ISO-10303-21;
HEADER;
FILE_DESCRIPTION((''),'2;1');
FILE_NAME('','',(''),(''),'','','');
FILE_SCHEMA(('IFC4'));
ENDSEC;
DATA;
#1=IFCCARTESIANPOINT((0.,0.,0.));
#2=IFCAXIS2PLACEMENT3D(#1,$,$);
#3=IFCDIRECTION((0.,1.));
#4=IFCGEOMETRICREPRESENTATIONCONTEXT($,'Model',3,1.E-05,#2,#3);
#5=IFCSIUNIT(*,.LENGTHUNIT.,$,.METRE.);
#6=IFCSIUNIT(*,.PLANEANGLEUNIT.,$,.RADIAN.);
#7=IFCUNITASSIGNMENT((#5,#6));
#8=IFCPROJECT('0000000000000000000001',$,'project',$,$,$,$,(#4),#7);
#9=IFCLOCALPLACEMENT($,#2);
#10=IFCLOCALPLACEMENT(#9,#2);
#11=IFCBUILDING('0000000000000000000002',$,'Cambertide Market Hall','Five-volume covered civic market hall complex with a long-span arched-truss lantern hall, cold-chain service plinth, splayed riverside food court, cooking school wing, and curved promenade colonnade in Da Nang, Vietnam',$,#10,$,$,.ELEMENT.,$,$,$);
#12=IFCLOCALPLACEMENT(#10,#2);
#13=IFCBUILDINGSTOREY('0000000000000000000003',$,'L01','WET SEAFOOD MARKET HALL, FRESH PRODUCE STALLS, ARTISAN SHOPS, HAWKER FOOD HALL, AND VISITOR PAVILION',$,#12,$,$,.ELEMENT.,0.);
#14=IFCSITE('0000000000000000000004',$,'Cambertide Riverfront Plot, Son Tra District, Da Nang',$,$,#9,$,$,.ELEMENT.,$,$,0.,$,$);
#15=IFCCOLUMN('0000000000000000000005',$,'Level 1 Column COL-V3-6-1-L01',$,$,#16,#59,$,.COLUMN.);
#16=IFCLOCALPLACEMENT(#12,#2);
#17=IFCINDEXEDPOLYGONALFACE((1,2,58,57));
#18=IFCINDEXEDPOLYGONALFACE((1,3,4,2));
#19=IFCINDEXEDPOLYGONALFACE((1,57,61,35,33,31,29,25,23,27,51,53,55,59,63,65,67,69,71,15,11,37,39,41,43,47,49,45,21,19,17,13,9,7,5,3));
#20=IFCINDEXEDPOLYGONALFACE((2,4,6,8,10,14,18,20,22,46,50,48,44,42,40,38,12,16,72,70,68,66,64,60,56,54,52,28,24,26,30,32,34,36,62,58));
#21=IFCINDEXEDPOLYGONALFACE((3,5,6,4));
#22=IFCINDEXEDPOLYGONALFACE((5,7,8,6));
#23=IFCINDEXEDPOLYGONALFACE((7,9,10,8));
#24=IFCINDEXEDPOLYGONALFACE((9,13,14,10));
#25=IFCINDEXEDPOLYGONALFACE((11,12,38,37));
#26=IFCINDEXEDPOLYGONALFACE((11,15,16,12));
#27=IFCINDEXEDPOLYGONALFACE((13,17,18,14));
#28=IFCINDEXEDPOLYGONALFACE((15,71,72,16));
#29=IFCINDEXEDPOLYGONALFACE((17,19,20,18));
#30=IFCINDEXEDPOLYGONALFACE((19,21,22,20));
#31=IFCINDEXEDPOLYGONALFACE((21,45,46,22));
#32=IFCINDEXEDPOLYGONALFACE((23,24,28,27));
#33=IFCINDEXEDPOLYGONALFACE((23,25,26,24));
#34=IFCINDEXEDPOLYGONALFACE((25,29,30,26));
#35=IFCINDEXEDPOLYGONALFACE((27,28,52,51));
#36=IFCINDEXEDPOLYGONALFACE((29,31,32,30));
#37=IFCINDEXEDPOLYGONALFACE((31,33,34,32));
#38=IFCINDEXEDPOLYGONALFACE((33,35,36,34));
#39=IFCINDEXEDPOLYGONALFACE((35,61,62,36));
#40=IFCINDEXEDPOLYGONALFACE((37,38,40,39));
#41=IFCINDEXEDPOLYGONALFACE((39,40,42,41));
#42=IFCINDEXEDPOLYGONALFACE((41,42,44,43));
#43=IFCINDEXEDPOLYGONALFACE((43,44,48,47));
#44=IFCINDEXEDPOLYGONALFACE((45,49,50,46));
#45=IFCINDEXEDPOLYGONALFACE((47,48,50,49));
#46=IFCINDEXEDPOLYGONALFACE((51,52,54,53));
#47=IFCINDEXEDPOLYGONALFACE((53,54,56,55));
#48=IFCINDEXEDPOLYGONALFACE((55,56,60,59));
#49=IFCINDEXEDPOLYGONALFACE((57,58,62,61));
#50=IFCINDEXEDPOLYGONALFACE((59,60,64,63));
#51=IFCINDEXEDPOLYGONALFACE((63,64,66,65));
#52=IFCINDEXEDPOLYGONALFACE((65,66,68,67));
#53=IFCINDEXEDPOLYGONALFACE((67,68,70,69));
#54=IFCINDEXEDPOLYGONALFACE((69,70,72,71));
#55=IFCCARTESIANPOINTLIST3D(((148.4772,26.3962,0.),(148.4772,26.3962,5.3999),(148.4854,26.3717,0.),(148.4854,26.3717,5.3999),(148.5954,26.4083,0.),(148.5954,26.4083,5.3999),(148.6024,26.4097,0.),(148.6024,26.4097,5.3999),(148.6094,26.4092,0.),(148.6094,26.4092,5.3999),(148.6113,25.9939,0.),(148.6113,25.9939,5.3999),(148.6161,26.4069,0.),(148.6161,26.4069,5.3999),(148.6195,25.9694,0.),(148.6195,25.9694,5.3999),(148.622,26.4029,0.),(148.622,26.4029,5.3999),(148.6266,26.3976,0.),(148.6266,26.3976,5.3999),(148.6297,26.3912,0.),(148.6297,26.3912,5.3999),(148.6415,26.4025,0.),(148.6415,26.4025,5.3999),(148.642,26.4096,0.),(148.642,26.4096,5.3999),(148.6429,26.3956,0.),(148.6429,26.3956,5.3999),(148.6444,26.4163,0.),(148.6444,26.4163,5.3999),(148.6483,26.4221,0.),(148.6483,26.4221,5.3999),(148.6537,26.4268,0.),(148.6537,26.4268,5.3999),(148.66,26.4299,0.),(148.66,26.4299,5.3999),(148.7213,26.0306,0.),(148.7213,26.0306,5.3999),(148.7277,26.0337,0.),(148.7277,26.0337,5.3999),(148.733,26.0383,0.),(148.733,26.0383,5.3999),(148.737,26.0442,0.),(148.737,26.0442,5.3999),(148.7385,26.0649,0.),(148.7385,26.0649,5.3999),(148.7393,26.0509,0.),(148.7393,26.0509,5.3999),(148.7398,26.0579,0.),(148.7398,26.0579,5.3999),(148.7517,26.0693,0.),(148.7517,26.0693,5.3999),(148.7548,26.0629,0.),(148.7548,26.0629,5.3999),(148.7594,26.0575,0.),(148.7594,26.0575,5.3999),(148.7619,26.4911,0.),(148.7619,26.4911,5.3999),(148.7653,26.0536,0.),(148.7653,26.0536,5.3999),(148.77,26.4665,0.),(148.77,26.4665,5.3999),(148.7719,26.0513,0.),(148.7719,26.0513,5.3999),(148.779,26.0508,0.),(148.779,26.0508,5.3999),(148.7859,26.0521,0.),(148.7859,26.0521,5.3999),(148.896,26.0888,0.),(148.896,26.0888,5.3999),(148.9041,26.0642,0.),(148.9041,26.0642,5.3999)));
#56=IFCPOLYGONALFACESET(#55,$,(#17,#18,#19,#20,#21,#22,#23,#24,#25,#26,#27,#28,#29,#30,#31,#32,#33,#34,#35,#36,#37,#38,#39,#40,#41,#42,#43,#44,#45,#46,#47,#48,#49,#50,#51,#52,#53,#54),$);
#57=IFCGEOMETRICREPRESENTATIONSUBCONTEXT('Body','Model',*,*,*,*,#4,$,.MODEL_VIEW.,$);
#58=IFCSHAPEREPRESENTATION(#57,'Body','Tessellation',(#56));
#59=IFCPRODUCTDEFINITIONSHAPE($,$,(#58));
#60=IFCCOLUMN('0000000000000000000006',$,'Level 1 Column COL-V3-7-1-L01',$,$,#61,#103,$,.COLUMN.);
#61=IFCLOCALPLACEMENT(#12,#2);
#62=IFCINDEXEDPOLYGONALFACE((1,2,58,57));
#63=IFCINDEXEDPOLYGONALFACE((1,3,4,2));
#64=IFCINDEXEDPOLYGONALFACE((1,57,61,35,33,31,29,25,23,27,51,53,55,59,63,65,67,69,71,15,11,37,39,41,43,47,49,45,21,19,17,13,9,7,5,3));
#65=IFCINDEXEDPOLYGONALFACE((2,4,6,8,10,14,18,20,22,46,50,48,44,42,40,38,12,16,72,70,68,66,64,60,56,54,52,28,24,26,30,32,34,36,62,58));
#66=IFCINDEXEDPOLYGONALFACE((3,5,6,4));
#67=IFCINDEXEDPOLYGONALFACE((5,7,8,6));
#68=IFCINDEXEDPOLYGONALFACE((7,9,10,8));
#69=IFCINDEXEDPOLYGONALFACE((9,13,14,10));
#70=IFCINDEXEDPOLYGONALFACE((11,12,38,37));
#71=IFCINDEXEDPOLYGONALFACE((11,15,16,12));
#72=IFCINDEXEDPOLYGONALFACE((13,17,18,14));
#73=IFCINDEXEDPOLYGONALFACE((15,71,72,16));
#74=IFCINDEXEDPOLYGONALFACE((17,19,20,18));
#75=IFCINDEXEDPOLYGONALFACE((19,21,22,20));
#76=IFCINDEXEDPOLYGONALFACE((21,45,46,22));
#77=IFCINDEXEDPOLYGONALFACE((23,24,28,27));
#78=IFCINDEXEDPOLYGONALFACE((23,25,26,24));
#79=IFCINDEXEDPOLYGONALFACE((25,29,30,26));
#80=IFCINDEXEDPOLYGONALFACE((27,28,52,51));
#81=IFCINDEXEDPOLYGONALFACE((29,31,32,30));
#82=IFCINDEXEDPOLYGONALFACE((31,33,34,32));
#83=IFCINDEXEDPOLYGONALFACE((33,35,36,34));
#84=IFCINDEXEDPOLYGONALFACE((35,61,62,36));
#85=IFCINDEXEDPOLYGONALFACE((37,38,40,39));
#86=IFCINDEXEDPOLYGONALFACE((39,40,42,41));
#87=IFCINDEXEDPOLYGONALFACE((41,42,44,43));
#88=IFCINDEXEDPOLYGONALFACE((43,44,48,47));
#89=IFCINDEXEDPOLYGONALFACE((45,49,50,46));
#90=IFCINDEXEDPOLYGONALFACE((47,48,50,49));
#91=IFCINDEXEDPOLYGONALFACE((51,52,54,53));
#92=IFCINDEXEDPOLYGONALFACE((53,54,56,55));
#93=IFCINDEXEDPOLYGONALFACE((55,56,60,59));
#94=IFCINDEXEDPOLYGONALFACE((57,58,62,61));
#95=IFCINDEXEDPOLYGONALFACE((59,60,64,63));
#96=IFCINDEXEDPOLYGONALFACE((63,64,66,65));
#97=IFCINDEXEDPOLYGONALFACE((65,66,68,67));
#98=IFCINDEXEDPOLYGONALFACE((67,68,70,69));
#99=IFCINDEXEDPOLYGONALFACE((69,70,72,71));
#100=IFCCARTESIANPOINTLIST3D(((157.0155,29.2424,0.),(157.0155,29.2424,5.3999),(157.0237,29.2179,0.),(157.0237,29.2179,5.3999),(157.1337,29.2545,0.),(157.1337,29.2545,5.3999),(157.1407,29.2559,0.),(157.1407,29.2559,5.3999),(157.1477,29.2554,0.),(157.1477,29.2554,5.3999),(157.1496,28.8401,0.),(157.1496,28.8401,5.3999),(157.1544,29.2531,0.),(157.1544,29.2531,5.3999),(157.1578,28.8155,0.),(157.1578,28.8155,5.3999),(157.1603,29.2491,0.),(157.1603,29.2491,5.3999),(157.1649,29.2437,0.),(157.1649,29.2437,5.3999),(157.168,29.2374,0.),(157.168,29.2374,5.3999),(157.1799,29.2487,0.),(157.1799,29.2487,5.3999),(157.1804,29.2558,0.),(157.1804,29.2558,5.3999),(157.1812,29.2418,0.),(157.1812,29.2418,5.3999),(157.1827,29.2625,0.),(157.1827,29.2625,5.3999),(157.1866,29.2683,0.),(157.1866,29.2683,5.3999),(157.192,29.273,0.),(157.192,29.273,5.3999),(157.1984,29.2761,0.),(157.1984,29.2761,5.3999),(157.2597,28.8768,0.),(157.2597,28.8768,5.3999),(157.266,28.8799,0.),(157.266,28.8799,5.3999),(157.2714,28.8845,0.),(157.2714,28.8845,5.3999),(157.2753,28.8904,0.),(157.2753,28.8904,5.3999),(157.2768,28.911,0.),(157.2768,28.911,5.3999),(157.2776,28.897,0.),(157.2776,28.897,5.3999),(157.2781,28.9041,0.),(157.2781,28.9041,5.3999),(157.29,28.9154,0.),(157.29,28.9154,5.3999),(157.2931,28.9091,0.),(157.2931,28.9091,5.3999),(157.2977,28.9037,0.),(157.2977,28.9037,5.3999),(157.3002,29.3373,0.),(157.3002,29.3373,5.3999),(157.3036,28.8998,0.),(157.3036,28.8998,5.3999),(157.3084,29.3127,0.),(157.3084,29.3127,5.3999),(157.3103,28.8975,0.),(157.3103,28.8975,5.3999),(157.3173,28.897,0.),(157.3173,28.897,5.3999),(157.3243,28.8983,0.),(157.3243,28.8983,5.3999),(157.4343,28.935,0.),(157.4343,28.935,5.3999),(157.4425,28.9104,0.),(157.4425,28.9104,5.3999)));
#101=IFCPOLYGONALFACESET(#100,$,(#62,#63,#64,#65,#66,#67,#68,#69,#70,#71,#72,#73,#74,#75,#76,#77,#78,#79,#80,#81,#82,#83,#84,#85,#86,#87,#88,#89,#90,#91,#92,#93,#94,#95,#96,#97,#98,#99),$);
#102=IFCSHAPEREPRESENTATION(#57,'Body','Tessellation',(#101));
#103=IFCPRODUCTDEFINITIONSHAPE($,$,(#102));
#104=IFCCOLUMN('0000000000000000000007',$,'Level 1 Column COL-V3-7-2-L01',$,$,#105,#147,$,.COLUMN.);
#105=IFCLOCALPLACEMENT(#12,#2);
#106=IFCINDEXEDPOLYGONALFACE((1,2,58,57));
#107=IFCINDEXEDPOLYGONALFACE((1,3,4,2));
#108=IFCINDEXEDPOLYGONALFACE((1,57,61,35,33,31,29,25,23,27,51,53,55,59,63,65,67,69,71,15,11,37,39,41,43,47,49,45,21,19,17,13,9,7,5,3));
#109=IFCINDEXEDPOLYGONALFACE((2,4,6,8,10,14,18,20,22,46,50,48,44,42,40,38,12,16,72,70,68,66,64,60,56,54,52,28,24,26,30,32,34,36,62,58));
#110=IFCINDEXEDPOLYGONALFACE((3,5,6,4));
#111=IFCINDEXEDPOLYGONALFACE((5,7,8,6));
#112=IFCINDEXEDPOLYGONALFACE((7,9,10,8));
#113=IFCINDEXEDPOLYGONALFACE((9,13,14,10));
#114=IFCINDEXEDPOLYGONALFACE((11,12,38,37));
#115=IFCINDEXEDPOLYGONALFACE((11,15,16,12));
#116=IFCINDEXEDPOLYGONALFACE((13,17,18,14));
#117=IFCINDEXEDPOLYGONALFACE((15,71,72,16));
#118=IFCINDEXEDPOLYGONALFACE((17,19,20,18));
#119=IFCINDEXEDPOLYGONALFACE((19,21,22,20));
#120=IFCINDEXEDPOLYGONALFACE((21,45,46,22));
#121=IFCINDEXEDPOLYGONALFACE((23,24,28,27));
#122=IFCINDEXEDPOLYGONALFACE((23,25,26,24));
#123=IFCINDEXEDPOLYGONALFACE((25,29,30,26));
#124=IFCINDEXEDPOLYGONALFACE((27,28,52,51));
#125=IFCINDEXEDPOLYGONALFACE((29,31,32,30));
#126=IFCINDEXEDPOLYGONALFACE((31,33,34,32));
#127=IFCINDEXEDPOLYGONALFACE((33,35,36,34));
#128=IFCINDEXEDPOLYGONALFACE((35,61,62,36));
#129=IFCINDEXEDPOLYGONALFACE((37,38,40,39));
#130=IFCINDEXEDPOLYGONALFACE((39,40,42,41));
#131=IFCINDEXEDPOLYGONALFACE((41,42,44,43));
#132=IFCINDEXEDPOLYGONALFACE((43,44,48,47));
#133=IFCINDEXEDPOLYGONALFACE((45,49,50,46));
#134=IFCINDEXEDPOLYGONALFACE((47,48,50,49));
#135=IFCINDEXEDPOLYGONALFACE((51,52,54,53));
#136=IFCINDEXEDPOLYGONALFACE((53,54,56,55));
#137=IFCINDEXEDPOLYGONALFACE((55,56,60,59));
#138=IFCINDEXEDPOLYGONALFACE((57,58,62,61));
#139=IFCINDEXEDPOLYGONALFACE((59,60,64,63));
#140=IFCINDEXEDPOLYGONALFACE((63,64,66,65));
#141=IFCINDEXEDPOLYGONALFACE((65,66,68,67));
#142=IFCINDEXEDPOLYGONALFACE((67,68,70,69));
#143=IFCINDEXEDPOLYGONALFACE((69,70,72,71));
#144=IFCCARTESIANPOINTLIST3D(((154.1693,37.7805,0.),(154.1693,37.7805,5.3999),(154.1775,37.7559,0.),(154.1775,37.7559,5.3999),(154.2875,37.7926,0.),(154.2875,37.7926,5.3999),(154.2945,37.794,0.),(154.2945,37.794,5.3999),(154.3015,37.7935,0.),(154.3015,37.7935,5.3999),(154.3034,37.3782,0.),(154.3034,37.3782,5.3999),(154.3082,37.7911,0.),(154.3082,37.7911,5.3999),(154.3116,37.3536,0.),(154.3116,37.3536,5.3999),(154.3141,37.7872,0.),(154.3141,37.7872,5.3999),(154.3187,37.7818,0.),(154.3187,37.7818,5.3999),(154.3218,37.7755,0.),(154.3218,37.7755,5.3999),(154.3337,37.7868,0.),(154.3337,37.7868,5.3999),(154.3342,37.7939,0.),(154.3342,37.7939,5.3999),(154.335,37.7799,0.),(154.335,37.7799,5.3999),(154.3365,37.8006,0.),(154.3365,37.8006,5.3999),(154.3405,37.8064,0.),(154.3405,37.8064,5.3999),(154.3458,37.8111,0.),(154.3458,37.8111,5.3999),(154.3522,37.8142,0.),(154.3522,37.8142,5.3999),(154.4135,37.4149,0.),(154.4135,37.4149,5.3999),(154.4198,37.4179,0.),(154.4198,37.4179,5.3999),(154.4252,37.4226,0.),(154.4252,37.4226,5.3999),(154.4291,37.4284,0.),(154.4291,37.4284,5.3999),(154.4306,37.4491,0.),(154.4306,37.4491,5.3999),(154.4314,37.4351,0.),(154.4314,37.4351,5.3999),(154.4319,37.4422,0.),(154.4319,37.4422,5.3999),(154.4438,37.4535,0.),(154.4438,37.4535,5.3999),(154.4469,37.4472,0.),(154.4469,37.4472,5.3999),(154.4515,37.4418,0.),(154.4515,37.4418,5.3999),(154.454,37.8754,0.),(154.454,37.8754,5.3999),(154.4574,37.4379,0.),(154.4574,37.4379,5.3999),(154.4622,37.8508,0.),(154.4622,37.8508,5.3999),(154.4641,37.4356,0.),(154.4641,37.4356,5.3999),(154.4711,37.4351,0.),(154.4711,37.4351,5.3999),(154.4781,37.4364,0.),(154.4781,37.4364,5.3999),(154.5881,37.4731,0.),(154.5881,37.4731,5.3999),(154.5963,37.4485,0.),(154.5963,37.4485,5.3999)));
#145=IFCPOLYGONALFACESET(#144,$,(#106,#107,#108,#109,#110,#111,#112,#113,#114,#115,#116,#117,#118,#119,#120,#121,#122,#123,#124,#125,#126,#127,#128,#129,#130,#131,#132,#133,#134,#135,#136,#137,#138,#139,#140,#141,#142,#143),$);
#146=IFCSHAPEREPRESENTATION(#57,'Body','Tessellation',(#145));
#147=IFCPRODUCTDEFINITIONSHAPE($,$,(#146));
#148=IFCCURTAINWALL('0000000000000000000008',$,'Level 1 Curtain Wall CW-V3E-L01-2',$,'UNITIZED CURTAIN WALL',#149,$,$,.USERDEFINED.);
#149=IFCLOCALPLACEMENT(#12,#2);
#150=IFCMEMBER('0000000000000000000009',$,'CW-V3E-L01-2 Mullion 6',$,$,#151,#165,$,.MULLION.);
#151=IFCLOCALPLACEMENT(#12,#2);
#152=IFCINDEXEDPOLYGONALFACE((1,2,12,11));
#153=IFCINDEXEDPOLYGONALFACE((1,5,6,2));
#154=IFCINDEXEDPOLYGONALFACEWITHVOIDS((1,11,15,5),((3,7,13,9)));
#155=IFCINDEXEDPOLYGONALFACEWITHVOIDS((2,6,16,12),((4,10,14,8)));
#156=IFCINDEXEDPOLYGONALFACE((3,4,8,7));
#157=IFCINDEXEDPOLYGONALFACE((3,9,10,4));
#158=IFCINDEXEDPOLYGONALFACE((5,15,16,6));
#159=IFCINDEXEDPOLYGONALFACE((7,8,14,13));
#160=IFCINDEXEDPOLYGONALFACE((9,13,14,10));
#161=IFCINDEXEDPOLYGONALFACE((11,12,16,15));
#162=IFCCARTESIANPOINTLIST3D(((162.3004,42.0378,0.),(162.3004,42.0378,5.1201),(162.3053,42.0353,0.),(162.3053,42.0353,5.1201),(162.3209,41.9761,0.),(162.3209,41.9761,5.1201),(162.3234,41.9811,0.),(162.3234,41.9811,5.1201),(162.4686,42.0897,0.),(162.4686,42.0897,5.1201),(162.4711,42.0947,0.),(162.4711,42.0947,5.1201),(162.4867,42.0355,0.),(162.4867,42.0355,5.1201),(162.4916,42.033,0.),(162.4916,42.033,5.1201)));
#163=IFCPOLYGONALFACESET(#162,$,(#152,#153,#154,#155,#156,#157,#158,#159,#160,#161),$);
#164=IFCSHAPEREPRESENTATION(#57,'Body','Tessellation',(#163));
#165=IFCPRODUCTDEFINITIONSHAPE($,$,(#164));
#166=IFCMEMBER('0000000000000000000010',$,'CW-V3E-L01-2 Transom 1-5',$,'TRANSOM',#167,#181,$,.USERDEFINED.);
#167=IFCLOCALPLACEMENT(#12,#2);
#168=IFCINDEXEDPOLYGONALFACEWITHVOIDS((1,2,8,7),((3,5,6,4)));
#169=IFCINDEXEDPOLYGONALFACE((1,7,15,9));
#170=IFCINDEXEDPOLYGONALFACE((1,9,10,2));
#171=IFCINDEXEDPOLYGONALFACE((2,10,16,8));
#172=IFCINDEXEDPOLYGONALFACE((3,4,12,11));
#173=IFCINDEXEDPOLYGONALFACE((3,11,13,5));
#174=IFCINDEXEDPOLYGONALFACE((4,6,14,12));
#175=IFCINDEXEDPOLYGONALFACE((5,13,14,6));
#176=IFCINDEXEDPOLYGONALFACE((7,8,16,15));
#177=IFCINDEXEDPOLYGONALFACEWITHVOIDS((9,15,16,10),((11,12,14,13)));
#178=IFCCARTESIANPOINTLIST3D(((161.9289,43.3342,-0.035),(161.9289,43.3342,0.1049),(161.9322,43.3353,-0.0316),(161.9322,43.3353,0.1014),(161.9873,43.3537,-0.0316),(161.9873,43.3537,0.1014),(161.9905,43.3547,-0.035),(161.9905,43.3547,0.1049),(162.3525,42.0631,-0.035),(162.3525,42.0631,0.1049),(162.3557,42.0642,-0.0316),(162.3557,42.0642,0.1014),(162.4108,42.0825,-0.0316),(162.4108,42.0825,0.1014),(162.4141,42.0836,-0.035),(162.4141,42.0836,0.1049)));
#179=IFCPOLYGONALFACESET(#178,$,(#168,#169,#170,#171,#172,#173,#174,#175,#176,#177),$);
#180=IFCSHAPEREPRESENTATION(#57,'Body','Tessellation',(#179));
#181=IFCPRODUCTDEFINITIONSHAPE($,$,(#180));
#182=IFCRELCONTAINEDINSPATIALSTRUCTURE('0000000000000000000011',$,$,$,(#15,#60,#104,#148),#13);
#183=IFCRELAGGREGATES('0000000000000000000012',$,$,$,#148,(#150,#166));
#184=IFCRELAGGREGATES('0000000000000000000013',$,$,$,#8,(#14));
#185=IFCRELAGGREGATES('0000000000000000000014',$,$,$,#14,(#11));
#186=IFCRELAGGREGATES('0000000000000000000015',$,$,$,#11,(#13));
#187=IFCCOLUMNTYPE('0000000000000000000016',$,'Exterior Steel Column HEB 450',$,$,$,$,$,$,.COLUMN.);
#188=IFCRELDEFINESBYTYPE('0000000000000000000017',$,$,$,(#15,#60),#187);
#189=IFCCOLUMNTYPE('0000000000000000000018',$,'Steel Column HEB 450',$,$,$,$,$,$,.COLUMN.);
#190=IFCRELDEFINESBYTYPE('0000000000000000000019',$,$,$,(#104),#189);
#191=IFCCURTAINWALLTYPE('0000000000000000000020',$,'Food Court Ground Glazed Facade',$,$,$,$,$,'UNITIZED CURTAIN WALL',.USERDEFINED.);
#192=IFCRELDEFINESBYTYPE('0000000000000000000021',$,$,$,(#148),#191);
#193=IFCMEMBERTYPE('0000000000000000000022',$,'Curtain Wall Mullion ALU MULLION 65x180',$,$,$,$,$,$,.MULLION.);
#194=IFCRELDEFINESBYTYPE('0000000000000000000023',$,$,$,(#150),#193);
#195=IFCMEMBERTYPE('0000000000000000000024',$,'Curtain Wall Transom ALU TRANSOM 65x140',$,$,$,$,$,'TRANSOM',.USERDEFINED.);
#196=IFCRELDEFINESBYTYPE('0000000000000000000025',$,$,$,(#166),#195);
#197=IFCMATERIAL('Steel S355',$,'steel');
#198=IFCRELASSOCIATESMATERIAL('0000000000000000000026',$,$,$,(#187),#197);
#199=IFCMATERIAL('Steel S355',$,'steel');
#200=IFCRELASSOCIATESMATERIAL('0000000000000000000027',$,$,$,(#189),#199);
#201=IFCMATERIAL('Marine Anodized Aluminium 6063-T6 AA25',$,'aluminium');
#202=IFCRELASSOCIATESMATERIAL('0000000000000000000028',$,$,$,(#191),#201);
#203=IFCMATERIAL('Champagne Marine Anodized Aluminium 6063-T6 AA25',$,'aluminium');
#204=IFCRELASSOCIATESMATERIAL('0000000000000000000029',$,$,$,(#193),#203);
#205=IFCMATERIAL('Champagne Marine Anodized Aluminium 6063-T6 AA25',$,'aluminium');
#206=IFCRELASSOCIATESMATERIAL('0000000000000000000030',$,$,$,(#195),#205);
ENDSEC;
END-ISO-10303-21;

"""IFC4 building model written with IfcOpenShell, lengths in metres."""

from ifc_helpers import new_model, si_unit, direction, frame, origin, origin_2d, place, context, subcontext, project, spatial, hollow_rectangle, i_section, extrude, material, material_profile, profile_set, type_object, element, aggregate, save


model = new_model("IFC4")

# Units and contexts
model_context = context("Model", 3, precision=1e-05, world=origin(), true_north=direction((0.0, 1.0)))
body_context = subcontext(model_context, "Body", "Model", "MODEL_VIEW")
ifc_project = project(units=[si_unit("LENGTHUNIT", "METRE"), si_unit("PLANEANGLEUNIT", "RADIAN")], contexts=[model_context])

# Site, building, storey
site_placement = place(None, origin())
site = spatial("IfcSite", under=ifc_project, at=site_placement, Name="Cambertide Riverfront Plot, Son Tra District, Da Nang", CompositionType="ELEMENT", RefElevation=0.0)
building_placement = place(site_placement, origin())
building = spatial("IfcBuilding", under=site, at=building_placement, Name="Cambertide Market Hall", Description="Five-volume covered civic market hall complex with a long-span arched-truss lantern hall, cold-chain service plinth, splayed riverside food court, cooking school wing, and curved promenade colonnade in Da Nang, Vietnam", CompositionType="ELEMENT")
storey_placement = place(building_placement, origin())
storey = spatial("IfcBuildingStorey", under=building, at=storey_placement, Name="L01", Description="WET SEAFOOD MARKET HALL, FRESH PRODUCE STALLS, ARTISAN SHOPS, HAWKER FOOD HALL, AND VISITOR PAVILION", CompositionType="ELEMENT", Elevation=0.0)

# Columns
ifc_material_1 = material(Name="Steel S355", Category="steel")
ifc_material_profile_1 = material_profile(ifc_material_1, i_section(OverallWidth=0.3, OverallDepth=0.45, WebThickness=0.0139, FlangeThickness=0.0259, FilletRadius=0.0271, at=origin_2d()), Name="HEB 450")
ifc_profile_set_1 = profile_set([ifc_material_profile_1], Name="Steel S355")
column_type_1 = type_object("IfcColumnType", Name="Exterior Steel Column HEB 450", PredefinedType="COLUMN", material=ifc_profile_set_1)
for number, where, z_axis, x_axis, name in (
    (1, (148.6907, 26.2302, 0.0), (0.0, 0.0, 1.0), (0.948683, 0.316228, 0.0), "Level 1 Column COL-V3-6-1-L01"),
    (2, (157.229, 29.0764, 0.0), (0.0, 0.0, 1.0), (0.948683, 0.316228, 0.0), "Level 1 Column COL-V3-7-1-L01"),
):
    element("IfcColumn", number, at=place(storey_placement, frame(where, z_axis=z_axis, x_axis=x_axis)), inside=storey, type_object=column_type_1, Name=name, PredefinedType="COLUMN", context=body_context, shape_type="SweptSolid", body=[
        extrude(i_section(OverallWidth=0.3, OverallDepth=0.45, WebThickness=0.0139, FlangeThickness=0.0259, FilletRadius=0.0271, at=origin_2d()), origin(), (0.0, 0.0, 1.0), 5.3999),
    ])
ifc_material_2 = material(Name="Steel S355", Category="steel")
ifc_material_profile_2 = material_profile(ifc_material_2, i_section(OverallWidth=0.3, OverallDepth=0.45, WebThickness=0.0139, FlangeThickness=0.0259, FilletRadius=0.0271, at=origin_2d()), Name="HEB 450")
ifc_profile_set_2 = profile_set([ifc_material_profile_2], Name="Steel S355")
column_type_2 = type_object("IfcColumnType", Name="Steel Column HEB 450", PredefinedType="COLUMN", material=ifc_profile_set_2)
column_placement = place(storey_placement, frame((154.3828, 37.6145, 0.0), z_axis=(0.0, 0.0, 1.0), x_axis=(0.948683, 0.316228, 0.0)))
element("IfcColumn", 3, at=column_placement, inside=storey, type_object=column_type_2, Name="Level 1 Column COL-V3-7-2-L01", PredefinedType="COLUMN", context=body_context, shape_type="SweptSolid", body=[
    extrude(i_section(OverallWidth=0.3, OverallDepth=0.45, WebThickness=0.0139, FlangeThickness=0.0259, FilletRadius=0.0271, at=origin_2d()), origin(), (0.0, 0.0, 1.0), 5.3999),
])

# Curtain wall, members
ifc_material_3 = material(Name="Marine Anodized Aluminium 6063-T6 AA25", Category="aluminium")
curtain_wall_type = type_object("IfcCurtainWallType", Name="Food Court Ground Glazed Facade", ElementType="UNITIZED CURTAIN WALL", PredefinedType="USERDEFINED", material=ifc_material_3)
curtain_wall_placement = place(storey_placement, origin())
curtain_wall = element("IfcCurtainWall", 4, at=curtain_wall_placement, inside=storey, type_object=curtain_wall_type, Name="Level 1 Curtain Wall CW-V3E-L01-2", ObjectType="UNITIZED CURTAIN WALL", PredefinedType="USERDEFINED")
ifc_material_4 = material(Name="Champagne Marine Anodized Aluminium 6063-T6 AA25", Category="aluminium")
ifc_material_profile_3 = material_profile(ifc_material_4, hollow_rectangle(XDim=0.0649, YDim=0.1799, WallThickness=0.0039, at=origin_2d()), Name="ALU MULLION 65x180")
ifc_profile_set_3 = profile_set([ifc_material_profile_3], Name="Champagne Marine Anodized Aluminium 6063-T6 AA25")
member_type_1 = type_object("IfcMemberType", Name="Curtain Wall Mullion ALU MULLION 65x180", PredefinedType="MULLION", material=ifc_profile_set_3)
member_1_placement = place(storey_placement, frame((162.396, 42.0354, 0.0), z_axis=(0.0, 0.0, 1.0), x_axis=(0.316228, -0.948683, 0.0)))
member_1 = element("IfcMember", 5, at=member_1_placement, type_object=member_type_1, Name="CW-V3E-L01-2 Mullion 6", PredefinedType="MULLION", context=body_context, shape_type="SweptSolid", body=[
    extrude(hollow_rectangle(XDim=0.0649, YDim=0.1799, WallThickness=0.0039, at=origin_2d()), origin(), (0.0, 0.0, 1.0), 5.1201),
])
ifc_material_5 = material(Name="Champagne Marine Anodized Aluminium 6063-T6 AA25", Category="aluminium")
ifc_material_profile_4 = material_profile(ifc_material_5, hollow_rectangle(XDim=0.0649, YDim=0.1399, WallThickness=0.0034, at=origin_2d()), Name="ALU TRANSOM 65x140")
ifc_profile_set_4 = profile_set([ifc_material_profile_4], Name="Champagne Marine Anodized Aluminium 6063-T6 AA25")
member_type_2 = type_object("IfcMemberType", Name="Curtain Wall Transom ALU TRANSOM 65x140", ElementType="TRANSOM", PredefinedType="USERDEFINED", material=ifc_profile_set_4)
member_2_placement = place(storey_placement, frame((161.9597, 43.3445, 0.0349), z_axis=(0.316118, -0.94872, 0.0), x_axis=(0.94872, 0.316118, 0.0)))
member_2 = element("IfcMember", 6, at=member_2_placement, type_object=member_type_2, Name="CW-V3E-L01-2 Transom 1-5", ObjectType="TRANSOM", PredefinedType="USERDEFINED", context=body_context, shape_type="SweptSolid", body=[
    extrude(hollow_rectangle(XDim=0.0649, YDim=0.1399, WallThickness=0.0034, at=origin_2d()), origin(), (0.0, 0.0, 1.0), 1.3398),
])

aggregate(curtain_wall, [member_1, member_2])

save(model, "model.ifc")
